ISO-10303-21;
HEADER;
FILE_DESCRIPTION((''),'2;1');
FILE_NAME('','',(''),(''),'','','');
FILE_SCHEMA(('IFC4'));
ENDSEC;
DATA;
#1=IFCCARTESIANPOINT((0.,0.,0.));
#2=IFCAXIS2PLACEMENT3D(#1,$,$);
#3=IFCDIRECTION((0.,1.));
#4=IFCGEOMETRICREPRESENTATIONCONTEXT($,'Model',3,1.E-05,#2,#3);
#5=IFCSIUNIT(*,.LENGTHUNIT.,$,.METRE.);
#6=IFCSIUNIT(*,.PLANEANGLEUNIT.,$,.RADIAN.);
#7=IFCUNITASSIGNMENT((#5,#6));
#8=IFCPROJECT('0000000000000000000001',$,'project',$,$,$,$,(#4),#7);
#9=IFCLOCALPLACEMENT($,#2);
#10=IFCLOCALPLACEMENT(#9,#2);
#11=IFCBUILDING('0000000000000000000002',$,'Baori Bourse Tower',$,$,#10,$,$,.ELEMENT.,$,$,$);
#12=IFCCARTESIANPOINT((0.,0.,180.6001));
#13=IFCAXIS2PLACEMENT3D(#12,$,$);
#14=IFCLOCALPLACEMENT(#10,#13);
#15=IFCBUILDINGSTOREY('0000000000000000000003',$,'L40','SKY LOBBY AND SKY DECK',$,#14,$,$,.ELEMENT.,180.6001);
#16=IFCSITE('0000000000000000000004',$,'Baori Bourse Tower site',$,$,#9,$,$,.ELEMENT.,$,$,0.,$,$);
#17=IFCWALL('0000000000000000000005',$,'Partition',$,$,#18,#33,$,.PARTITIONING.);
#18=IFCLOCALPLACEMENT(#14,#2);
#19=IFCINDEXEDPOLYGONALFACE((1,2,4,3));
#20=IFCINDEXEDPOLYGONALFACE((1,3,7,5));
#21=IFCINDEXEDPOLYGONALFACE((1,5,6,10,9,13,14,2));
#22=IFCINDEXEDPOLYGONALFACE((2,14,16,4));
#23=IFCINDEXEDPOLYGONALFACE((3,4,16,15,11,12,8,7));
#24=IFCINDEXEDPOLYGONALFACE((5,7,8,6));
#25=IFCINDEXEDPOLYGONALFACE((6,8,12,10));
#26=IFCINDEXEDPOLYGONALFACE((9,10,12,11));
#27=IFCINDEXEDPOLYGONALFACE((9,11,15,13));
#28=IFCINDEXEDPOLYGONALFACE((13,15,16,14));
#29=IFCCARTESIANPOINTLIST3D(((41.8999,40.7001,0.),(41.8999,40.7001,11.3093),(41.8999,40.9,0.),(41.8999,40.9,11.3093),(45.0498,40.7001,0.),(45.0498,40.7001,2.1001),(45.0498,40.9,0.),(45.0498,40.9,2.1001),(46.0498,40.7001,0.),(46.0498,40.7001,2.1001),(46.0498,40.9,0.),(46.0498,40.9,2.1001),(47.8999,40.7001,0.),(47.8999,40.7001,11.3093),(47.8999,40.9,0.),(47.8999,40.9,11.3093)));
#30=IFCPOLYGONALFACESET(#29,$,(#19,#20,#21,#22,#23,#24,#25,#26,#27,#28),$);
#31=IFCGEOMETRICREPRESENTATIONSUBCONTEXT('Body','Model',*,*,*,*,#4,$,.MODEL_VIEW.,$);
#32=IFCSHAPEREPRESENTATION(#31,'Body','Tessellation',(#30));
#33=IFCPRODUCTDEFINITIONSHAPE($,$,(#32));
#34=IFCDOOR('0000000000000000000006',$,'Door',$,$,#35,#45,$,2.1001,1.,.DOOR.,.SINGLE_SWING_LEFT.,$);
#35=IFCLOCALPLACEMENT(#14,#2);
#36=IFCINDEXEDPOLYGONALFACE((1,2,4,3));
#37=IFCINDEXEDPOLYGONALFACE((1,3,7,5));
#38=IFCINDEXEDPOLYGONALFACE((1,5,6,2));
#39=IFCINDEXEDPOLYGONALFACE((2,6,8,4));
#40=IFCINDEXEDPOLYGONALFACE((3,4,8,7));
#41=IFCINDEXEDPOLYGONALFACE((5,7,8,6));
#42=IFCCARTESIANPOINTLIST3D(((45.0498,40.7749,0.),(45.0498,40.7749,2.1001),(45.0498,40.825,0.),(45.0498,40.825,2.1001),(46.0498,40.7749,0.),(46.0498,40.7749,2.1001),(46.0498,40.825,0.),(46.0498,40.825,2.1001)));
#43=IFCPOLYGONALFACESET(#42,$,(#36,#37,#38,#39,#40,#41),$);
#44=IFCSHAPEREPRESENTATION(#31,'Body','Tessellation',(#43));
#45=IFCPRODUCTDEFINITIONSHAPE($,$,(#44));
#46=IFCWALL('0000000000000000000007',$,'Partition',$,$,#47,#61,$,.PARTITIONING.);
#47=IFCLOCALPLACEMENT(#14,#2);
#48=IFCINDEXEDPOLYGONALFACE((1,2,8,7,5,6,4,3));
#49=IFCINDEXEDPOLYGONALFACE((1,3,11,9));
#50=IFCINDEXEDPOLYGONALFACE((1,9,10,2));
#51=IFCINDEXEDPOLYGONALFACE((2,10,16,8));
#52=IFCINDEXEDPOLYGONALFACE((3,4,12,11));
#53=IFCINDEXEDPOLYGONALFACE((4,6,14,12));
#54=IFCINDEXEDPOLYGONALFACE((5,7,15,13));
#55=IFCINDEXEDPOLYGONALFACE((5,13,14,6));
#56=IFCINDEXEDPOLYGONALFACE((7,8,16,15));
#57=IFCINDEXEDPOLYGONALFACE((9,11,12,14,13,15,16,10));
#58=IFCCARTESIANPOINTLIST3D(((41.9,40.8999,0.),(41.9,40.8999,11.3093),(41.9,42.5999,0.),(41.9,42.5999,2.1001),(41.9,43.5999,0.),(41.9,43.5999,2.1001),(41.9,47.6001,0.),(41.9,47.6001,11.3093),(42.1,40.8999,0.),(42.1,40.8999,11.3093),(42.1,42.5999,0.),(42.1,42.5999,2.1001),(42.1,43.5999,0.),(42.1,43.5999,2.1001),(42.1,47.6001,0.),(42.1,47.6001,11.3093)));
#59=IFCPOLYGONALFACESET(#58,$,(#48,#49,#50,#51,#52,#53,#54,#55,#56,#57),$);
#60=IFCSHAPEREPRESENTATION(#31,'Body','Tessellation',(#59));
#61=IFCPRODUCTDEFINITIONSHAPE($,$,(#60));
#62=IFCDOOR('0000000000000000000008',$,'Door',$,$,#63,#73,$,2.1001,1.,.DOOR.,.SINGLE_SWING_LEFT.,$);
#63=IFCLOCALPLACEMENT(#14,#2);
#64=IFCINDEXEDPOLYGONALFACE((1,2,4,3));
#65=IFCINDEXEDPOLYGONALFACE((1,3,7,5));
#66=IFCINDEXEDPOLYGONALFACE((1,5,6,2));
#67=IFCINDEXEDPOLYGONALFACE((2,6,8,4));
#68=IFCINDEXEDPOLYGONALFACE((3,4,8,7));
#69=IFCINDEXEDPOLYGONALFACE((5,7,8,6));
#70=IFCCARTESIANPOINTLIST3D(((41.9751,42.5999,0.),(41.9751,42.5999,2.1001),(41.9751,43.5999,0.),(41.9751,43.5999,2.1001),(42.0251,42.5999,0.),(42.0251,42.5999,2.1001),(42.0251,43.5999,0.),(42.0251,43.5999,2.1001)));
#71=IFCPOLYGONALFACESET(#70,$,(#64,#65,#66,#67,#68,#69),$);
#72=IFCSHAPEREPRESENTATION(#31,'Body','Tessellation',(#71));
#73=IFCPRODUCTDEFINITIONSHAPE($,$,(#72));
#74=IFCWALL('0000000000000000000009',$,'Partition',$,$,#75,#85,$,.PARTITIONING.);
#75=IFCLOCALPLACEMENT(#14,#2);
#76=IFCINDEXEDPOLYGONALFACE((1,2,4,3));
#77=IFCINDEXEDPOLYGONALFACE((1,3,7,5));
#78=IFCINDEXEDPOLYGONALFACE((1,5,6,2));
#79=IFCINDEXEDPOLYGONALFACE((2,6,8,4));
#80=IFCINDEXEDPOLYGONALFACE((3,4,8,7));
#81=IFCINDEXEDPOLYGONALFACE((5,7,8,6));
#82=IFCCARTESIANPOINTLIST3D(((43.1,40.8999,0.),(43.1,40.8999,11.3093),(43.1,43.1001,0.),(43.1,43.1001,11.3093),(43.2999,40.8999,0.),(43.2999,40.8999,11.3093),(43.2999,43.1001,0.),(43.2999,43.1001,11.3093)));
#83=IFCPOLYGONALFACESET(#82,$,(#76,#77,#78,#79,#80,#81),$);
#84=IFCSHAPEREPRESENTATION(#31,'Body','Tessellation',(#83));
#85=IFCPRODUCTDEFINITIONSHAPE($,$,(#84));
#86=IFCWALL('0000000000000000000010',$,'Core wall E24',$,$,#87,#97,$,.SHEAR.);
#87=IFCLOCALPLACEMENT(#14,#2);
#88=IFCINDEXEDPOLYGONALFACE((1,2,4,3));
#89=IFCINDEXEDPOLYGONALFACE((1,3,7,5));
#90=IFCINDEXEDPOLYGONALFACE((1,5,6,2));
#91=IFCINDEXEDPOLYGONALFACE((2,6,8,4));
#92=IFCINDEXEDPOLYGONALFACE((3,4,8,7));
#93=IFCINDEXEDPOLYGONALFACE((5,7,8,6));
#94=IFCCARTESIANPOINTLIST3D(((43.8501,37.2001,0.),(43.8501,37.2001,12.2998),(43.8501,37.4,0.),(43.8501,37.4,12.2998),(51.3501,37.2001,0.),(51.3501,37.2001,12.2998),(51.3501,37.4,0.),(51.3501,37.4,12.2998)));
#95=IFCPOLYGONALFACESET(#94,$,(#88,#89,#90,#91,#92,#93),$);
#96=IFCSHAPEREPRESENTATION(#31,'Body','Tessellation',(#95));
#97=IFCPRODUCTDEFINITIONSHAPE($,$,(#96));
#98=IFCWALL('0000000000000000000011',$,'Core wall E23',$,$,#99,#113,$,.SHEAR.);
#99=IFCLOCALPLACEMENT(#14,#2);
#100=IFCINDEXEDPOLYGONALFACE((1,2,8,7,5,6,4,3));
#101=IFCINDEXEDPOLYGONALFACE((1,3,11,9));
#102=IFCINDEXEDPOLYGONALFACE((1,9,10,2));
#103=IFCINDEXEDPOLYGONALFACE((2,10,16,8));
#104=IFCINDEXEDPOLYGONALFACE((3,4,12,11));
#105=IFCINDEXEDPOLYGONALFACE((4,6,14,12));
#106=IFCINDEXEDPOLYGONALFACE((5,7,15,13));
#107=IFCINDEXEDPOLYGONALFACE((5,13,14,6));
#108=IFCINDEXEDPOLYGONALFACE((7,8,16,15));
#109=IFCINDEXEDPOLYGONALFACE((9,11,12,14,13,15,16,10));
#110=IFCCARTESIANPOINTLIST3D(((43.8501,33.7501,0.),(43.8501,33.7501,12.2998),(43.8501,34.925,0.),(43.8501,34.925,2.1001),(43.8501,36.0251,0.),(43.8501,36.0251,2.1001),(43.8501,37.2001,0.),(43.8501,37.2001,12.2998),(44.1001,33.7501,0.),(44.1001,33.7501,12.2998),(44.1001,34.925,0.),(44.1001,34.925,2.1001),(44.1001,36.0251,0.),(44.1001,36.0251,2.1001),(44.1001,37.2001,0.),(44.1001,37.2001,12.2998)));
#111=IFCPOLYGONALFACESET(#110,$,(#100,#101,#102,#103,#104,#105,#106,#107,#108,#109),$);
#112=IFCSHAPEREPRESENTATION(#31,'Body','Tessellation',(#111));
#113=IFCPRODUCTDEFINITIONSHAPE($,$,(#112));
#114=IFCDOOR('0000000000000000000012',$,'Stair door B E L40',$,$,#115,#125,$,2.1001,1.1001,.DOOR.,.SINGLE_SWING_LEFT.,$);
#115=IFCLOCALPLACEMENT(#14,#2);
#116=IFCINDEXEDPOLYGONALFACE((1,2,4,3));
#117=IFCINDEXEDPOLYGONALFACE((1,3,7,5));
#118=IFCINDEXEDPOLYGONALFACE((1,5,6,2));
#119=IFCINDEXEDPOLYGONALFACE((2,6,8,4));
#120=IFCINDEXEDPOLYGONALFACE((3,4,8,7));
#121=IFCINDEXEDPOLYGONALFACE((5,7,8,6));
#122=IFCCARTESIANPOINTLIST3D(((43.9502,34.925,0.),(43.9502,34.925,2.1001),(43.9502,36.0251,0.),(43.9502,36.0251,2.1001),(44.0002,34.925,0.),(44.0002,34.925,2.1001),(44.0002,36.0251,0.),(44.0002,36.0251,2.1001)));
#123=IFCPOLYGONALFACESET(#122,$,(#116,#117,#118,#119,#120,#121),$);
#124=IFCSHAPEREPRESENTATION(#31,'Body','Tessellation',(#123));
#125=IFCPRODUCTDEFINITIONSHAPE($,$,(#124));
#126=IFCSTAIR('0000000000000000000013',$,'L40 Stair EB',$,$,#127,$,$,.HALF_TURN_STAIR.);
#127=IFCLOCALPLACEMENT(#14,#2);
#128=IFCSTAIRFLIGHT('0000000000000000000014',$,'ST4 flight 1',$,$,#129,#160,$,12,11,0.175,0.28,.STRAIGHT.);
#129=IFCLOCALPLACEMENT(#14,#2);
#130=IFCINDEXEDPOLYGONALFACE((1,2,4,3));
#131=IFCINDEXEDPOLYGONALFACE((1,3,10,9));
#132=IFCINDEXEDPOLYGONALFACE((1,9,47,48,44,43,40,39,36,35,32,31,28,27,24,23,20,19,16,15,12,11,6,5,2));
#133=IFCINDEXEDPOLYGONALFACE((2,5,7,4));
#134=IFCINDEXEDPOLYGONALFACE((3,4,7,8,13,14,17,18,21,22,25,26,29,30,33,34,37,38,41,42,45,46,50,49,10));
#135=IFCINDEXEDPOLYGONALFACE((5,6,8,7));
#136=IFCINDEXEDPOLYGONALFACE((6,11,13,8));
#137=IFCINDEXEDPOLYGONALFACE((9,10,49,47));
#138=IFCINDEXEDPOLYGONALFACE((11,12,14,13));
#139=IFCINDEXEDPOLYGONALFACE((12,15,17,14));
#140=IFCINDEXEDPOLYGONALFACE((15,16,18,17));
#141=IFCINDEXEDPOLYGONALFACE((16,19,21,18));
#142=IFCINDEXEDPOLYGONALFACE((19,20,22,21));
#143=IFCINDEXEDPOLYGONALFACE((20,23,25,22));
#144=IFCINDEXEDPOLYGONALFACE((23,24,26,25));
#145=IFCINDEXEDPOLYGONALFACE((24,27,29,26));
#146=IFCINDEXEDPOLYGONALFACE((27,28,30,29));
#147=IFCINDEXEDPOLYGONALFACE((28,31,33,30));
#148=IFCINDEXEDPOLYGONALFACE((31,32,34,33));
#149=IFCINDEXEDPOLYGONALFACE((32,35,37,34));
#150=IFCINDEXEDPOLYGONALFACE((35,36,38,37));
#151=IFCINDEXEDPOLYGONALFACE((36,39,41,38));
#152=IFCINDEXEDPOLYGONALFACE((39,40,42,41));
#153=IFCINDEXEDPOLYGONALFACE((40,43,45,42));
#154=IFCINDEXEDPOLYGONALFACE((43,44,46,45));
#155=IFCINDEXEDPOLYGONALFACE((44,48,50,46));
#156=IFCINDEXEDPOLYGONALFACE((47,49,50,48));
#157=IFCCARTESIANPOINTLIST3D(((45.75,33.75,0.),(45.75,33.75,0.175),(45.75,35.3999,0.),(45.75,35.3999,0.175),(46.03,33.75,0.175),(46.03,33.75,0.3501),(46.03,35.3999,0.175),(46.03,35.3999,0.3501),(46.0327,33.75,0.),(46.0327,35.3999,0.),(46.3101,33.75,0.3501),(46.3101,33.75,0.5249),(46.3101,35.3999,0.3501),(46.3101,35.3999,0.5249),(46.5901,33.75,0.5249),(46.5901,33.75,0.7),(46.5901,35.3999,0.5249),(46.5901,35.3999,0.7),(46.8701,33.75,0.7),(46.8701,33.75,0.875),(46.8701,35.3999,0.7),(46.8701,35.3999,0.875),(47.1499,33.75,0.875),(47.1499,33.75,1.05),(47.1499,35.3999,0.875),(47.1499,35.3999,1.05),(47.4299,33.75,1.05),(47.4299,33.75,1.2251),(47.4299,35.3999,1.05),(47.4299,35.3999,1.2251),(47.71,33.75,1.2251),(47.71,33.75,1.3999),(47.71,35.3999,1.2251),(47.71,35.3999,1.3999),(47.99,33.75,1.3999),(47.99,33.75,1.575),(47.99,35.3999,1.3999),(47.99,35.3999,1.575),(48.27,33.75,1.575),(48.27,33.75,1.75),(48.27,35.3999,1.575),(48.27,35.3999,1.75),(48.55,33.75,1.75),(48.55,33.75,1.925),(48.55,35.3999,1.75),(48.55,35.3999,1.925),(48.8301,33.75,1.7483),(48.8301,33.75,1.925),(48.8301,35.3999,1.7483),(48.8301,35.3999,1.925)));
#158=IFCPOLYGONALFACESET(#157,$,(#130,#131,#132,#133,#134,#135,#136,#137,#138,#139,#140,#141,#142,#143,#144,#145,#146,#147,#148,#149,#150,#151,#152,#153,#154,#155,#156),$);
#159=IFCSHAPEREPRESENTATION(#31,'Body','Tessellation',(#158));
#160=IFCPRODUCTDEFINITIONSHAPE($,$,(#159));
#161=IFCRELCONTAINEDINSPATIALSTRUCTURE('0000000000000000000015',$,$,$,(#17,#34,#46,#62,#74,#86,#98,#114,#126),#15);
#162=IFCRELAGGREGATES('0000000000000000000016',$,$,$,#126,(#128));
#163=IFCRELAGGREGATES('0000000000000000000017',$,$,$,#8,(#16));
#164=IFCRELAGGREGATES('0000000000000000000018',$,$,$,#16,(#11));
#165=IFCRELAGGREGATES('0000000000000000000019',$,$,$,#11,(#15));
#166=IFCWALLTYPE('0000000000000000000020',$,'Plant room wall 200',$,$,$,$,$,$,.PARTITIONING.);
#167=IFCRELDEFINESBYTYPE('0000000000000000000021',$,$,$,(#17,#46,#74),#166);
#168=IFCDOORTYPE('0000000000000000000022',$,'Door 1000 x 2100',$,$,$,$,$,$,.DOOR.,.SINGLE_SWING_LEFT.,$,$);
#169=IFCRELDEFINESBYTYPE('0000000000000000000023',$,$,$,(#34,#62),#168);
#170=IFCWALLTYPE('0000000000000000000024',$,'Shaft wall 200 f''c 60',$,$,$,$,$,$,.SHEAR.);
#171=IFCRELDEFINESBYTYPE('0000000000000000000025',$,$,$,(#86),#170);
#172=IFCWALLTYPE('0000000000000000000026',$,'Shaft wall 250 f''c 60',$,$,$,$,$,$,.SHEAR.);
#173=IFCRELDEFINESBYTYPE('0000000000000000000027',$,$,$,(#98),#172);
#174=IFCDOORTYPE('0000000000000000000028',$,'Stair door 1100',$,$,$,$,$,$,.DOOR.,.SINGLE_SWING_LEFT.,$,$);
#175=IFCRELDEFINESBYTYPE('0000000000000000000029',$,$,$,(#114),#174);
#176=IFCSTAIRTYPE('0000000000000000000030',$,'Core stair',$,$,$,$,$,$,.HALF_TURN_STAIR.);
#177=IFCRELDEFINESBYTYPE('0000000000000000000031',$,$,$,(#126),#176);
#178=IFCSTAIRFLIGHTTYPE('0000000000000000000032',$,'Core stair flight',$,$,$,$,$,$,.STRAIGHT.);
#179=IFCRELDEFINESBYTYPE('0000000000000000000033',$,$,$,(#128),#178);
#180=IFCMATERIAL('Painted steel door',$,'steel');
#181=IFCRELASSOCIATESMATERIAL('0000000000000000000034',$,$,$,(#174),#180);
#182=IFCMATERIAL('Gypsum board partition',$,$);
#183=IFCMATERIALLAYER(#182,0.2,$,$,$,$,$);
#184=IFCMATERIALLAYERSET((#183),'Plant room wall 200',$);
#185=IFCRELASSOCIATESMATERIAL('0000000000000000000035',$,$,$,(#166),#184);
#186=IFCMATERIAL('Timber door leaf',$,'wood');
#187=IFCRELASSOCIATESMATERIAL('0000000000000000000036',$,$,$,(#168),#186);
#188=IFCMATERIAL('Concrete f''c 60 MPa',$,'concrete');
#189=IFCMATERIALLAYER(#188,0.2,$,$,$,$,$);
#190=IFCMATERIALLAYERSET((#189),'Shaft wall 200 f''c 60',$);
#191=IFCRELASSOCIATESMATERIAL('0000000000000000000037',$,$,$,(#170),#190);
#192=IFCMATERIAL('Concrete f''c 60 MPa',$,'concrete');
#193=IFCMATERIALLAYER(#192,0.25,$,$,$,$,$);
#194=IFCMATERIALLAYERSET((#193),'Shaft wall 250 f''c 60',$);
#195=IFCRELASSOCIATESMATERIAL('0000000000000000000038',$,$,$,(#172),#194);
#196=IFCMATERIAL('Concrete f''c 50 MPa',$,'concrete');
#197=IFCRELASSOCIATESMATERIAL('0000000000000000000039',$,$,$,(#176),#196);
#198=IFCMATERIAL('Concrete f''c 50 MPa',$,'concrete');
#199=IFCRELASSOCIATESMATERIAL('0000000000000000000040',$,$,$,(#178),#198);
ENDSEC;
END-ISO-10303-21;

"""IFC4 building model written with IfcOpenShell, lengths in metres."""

from ifc_helpers import new_model, si_unit, direction, frame, frame_2d, origin, place, context, subcontext, project, spatial, polyline, rectangle, outline, extrude, material, layer, layer_set, type_object, element, fill, aggregate, save


model = new_model("IFC4")

# Units and contexts
model_context = context("Model", 3, precision=1e-05, world=origin(), true_north=direction((0.0, 1.0)))
body_context = subcontext(model_context, "Body", "Model", "MODEL_VIEW")
ifc_project = project(units=[si_unit("LENGTHUNIT", "METRE"), si_unit("PLANEANGLEUNIT", "RADIAN")], contexts=[model_context])

# Site, building, storey
site_placement = place(None, origin())
site = spatial("IfcSite", under=ifc_project, at=site_placement, Name="Baori Bourse Tower site", CompositionType="ELEMENT", RefElevation=0.0)
building_placement = place(site_placement, origin())
building = spatial("IfcBuilding", under=site, at=building_placement, Name="Baori Bourse Tower", CompositionType="ELEMENT")
storey_placement = place(building_placement, frame((0.0, 0.0, 180.6001)))
storey = spatial("IfcBuildingStorey", under=building, at=storey_placement, Name="L40", Description="SKY LOBBY AND SKY DECK", CompositionType="ELEMENT", Elevation=180.6001)

# Shared definitions
ifc_material_1 = material(Name="Painted steel door", Category="steel")
door_type_1 = type_object("IfcDoorType", Name="Stair door 1100", OperationType="SINGLE_SWING_LEFT", PredefinedType="DOOR", material=ifc_material_1)

# Walls, openings, doors
ifc_material_2 = material(Name="Gypsum board partition")
ifc_layer_1 = layer(ifc_material_2, 0.2)
ifc_layer_set_1 = layer_set([ifc_layer_1], Name="Plant room wall 200")
wall_type_1 = type_object("IfcWallType", Name="Plant room wall 200", PredefinedType="PARTITIONING", material=ifc_layer_set_1)
wall_1_placement = place(storey_placement, frame((41.8999, 40.8, 0.0), z_axis=(0.0, 0.0, 1.0), x_axis=(1.0, 0.0, 0.0)))
wall_1 = element("IfcWall", 1, at=wall_1_placement, inside=storey, type_object=wall_type_1, Name="Partition", PredefinedType="PARTITIONING", context=body_context, shape_type="SweptSolid", body=[
    extrude(rectangle(XDim=6.0, YDim=0.2, at=frame_2d((3.0, 0.0))), origin(), (0.0, 0.0, 1.0), 11.3093),
])
opening_1_placement = place(wall_1_placement, frame((3.1499, 0.0, 0.0)))
opening_1 = element("IfcOpeningElement", 2, at=opening_1_placement, cuts=wall_1, PredefinedType="OPENING", context=body_context, shape_type="SweptSolid", body=[
    extrude(rectangle(XDim=1.0, YDim=2.1001, at=frame_2d((0.5, 1.05))), frame((0.0, 0.1099, 0.0), z_axis=(0.0, -1.0, 0.0), x_axis=(1.0, 0.0, 0.0)), (0.0, 0.0, 1.0), 0.22),
])
ifc_material_3 = material(Name="Timber door leaf", Category="wood")
door_type_2 = type_object("IfcDoorType", Name="Door 1000 x 2100", OperationType="SINGLE_SWING_LEFT", PredefinedType="DOOR", material=ifc_material_3)
door_1_placement = place(opening_1_placement, origin())
door_1 = element("IfcDoor", 3, at=door_1_placement, inside=storey, type_object=door_type_2, Name="Door", OperationType="SINGLE_SWING_LEFT", OverallHeight=2.1001, OverallWidth=1.0, PredefinedType="DOOR", context=body_context, shape_type="SweptSolid", body=[
    extrude(rectangle(XDim=1.0, YDim=2.1001, at=frame_2d((0.5, 1.05))), frame((0.0, 0.0249, 0.0), z_axis=(0.0, -1.0, 0.0), x_axis=(1.0, 0.0, 0.0)), (0.0, 0.0, 1.0), 0.05),
])
fill(opening_1, door_1)
wall_2_placement = place(storey_placement, frame((42.0, 40.8999, 0.0), z_axis=(0.0, 0.0, 1.0), x_axis=(0.0, 1.0, 0.0)))
wall_2 = element("IfcWall", 4, at=wall_2_placement, inside=storey, type_object=wall_type_1, Name="Partition", PredefinedType="PARTITIONING", context=body_context, shape_type="SweptSolid", body=[
    extrude(rectangle(XDim=6.7002, YDim=0.2, at=frame_2d((3.3501, 0.0))), origin(), (0.0, 0.0, 1.0), 11.3093),
])
opening_2_placement = place(wall_2_placement, frame((1.7, 0.0, 0.0)))
opening_2 = element("IfcOpeningElement", 5, at=opening_2_placement, cuts=wall_2, PredefinedType="OPENING", context=body_context, shape_type="SweptSolid", body=[
    extrude(rectangle(XDim=1.0, YDim=2.1001, at=frame_2d((0.5, 1.05))), frame((0.0, 0.1099, 0.0), z_axis=(0.0, -1.0, 0.0), x_axis=(1.0, 0.0, 0.0)), (0.0, 0.0, 1.0), 0.22),
])
door_2_placement = place(opening_2_placement, origin())
door_2 = element("IfcDoor", 6, at=door_2_placement, inside=storey, type_object=door_type_2, Name="Door", OperationType="SINGLE_SWING_LEFT", OverallHeight=2.1001, OverallWidth=1.0, PredefinedType="DOOR", context=body_context, shape_type="SweptSolid", body=[
    extrude(rectangle(XDim=1.0, YDim=2.1001, at=frame_2d((0.5, 1.05))), frame((0.0, 0.0249, 0.0), z_axis=(0.0, -1.0, 0.0), x_axis=(1.0, 0.0, 0.0)), (0.0, 0.0, 1.0), 0.05),
])
fill(opening_2, door_2)

# Walls
wall_3_placement = place(storey_placement, frame((43.2, 40.8999, 0.0), z_axis=(0.0, 0.0, 1.0), x_axis=(0.0, 1.0, 0.0)))
element("IfcWall", 7, at=wall_3_placement, inside=storey, type_object=wall_type_1, Name="Partition", PredefinedType="PARTITIONING", context=body_context, shape_type="SweptSolid", body=[
    extrude(rectangle(XDim=2.2002, YDim=0.2, at=frame_2d((1.1001, 0.0))), origin(), (0.0, 0.0, 1.0), 11.3093),
])
ifc_material_4 = material(Name="Concrete f'c 60 MPa", Category="concrete")
ifc_layer_2 = layer(ifc_material_4, 0.2)
ifc_layer_set_2 = layer_set([ifc_layer_2], Name="Shaft wall 200 f'c 60")
wall_type_2 = type_object("IfcWallType", Name="Shaft wall 200 f'c 60", PredefinedType="SHEAR", material=ifc_layer_set_2)
wall_4_placement = place(storey_placement, frame((43.8501, 37.3, 0.0), z_axis=(0.0, 0.0, 1.0), x_axis=(1.0, 0.0, 0.0)))
element("IfcWall", 8, at=wall_4_placement, inside=storey, type_object=wall_type_2, Name="Core wall E24", PredefinedType="SHEAR", context=body_context, shape_type="SweptSolid", body=[
    extrude(rectangle(XDim=7.5, YDim=0.2, at=frame_2d((3.75, 0.0))), origin(), (0.0, 0.0, 1.0), 12.2998),
])

# Wall, opening, door
ifc_material_5 = material(Name="Concrete f'c 60 MPa", Category="concrete")
ifc_layer_3 = layer(ifc_material_5, 0.25)
ifc_layer_set_3 = layer_set([ifc_layer_3], Name="Shaft wall 250 f'c 60")
wall_type_3 = type_object("IfcWallType", Name="Shaft wall 250 f'c 60", PredefinedType="SHEAR", material=ifc_layer_set_3)
wall_5_placement = place(storey_placement, frame((43.9751, 33.75, 0.0), z_axis=(0.0, 0.0, 1.0), x_axis=(0.0, 1.0, 0.0)))
wall_5 = element("IfcWall", 9, at=wall_5_placement, inside=storey, type_object=wall_type_3, Name="Core wall E23", PredefinedType="SHEAR", context=body_context, shape_type="SweptSolid", body=[
    extrude(rectangle(XDim=3.45, YDim=0.25, at=frame_2d((1.7251, 0.0))), origin(), (0.0, 0.0, 1.0), 12.2998),
])
opening_3_placement = place(wall_5_placement, frame((1.175, 0.0, 0.0)))
opening_3 = element("IfcOpeningElement", 10, at=opening_3_placement, cuts=wall_5, PredefinedType="OPENING", context=body_context, shape_type="SweptSolid", body=[
    extrude(rectangle(XDim=1.1001, YDim=2.1001, at=frame_2d((0.55, 1.05))), frame((0.0, 0.135, 0.0), z_axis=(0.0, -1.0, 0.0), x_axis=(1.0, 0.0, 0.0)), (0.0, 0.0, 1.0), 0.27),
])
door_3_placement = place(opening_3_placement, origin())
door_3 = element("IfcDoor", 11, at=door_3_placement, inside=storey, type_object=door_type_1, Name="Stair door B E L40", OperationType="SINGLE_SWING_LEFT", OverallHeight=2.1001, OverallWidth=1.1001, PredefinedType="DOOR", context=body_context, shape_type="SweptSolid", body=[
    extrude(rectangle(XDim=1.1001, YDim=2.1001, at=frame_2d((0.55, 1.05))), frame((0.0, 0.0249, 0.0), z_axis=(0.0, -1.0, 0.0), x_axis=(1.0, 0.0, 0.0)), (0.0, 0.0, 1.0), 0.05),
])
fill(opening_3, door_3)

# Stair, stair flight
ifc_material_6 = material(Name="Concrete f'c 50 MPa", Category="concrete")
stair_type = type_object("IfcStairType", Name="Core stair", PredefinedType="HALF_TURN_STAIR", material=ifc_material_6)
stair_placement = place(storey_placement, origin())
stair = element("IfcStair", 12, at=stair_placement, inside=storey, type_object=stair_type, Name="L40 Stair EB", PredefinedType="HALF_TURN_STAIR")
ifc_material_7 = material(Name="Concrete f'c 50 MPa", Category="concrete")
stair_flight_type = type_object("IfcStairFlightType", Name="Core stair flight", PredefinedType="STRAIGHT", material=ifc_material_7)
stair_flight_placement = place(storey_placement, frame((45.75, 34.575, 0.0), z_axis=(0.0, 0.0, 1.0), x_axis=(1.0, 0.0, 0.0)))
stair_flight = element("IfcStairFlight", 13, at=stair_flight_placement, type_object=stair_flight_type, Name="ST4 flight 1", NumberOfRisers=12, NumberOfTreads=11, PredefinedType="STRAIGHT", RiserHeight=0.175, TreadLength=0.28, context=body_context, shape_type="SweptSolid", body=[
    extrude(outline(polyline([(0.0, 0.0), (0.0, 0.175), (0.28, 0.175), (0.28, 0.3501), (0.5601, 0.3501), (0.5601, 0.5249), (0.8401, 0.5249), (0.8401, 0.7), (1.1201, 0.7), (1.1201, 0.875), (1.3999, 0.875), (1.3999, 1.05), (1.6799, 1.05), (1.6799, 1.2251), (1.96, 1.2251), (1.96, 1.3999), (2.24, 1.3999), (2.24, 1.575), (2.52, 1.575), (2.52, 1.75), (2.8, 1.75), (2.8, 1.925), (3.0801, 1.925), (3.0801, 2.1001), (3.0801, 1.7483), (0.2827, 0.0), (0.0, 0.0)])), frame((0.0, 0.825, 0.0), z_axis=(0.0, -1.0, 0.0), x_axis=(1.0, 0.0, 0.0)), (0.0, 0.0, 1.0), 1.6499),
])
aggregate(stair, [stair_flight])

save(model, "model.ifc")
